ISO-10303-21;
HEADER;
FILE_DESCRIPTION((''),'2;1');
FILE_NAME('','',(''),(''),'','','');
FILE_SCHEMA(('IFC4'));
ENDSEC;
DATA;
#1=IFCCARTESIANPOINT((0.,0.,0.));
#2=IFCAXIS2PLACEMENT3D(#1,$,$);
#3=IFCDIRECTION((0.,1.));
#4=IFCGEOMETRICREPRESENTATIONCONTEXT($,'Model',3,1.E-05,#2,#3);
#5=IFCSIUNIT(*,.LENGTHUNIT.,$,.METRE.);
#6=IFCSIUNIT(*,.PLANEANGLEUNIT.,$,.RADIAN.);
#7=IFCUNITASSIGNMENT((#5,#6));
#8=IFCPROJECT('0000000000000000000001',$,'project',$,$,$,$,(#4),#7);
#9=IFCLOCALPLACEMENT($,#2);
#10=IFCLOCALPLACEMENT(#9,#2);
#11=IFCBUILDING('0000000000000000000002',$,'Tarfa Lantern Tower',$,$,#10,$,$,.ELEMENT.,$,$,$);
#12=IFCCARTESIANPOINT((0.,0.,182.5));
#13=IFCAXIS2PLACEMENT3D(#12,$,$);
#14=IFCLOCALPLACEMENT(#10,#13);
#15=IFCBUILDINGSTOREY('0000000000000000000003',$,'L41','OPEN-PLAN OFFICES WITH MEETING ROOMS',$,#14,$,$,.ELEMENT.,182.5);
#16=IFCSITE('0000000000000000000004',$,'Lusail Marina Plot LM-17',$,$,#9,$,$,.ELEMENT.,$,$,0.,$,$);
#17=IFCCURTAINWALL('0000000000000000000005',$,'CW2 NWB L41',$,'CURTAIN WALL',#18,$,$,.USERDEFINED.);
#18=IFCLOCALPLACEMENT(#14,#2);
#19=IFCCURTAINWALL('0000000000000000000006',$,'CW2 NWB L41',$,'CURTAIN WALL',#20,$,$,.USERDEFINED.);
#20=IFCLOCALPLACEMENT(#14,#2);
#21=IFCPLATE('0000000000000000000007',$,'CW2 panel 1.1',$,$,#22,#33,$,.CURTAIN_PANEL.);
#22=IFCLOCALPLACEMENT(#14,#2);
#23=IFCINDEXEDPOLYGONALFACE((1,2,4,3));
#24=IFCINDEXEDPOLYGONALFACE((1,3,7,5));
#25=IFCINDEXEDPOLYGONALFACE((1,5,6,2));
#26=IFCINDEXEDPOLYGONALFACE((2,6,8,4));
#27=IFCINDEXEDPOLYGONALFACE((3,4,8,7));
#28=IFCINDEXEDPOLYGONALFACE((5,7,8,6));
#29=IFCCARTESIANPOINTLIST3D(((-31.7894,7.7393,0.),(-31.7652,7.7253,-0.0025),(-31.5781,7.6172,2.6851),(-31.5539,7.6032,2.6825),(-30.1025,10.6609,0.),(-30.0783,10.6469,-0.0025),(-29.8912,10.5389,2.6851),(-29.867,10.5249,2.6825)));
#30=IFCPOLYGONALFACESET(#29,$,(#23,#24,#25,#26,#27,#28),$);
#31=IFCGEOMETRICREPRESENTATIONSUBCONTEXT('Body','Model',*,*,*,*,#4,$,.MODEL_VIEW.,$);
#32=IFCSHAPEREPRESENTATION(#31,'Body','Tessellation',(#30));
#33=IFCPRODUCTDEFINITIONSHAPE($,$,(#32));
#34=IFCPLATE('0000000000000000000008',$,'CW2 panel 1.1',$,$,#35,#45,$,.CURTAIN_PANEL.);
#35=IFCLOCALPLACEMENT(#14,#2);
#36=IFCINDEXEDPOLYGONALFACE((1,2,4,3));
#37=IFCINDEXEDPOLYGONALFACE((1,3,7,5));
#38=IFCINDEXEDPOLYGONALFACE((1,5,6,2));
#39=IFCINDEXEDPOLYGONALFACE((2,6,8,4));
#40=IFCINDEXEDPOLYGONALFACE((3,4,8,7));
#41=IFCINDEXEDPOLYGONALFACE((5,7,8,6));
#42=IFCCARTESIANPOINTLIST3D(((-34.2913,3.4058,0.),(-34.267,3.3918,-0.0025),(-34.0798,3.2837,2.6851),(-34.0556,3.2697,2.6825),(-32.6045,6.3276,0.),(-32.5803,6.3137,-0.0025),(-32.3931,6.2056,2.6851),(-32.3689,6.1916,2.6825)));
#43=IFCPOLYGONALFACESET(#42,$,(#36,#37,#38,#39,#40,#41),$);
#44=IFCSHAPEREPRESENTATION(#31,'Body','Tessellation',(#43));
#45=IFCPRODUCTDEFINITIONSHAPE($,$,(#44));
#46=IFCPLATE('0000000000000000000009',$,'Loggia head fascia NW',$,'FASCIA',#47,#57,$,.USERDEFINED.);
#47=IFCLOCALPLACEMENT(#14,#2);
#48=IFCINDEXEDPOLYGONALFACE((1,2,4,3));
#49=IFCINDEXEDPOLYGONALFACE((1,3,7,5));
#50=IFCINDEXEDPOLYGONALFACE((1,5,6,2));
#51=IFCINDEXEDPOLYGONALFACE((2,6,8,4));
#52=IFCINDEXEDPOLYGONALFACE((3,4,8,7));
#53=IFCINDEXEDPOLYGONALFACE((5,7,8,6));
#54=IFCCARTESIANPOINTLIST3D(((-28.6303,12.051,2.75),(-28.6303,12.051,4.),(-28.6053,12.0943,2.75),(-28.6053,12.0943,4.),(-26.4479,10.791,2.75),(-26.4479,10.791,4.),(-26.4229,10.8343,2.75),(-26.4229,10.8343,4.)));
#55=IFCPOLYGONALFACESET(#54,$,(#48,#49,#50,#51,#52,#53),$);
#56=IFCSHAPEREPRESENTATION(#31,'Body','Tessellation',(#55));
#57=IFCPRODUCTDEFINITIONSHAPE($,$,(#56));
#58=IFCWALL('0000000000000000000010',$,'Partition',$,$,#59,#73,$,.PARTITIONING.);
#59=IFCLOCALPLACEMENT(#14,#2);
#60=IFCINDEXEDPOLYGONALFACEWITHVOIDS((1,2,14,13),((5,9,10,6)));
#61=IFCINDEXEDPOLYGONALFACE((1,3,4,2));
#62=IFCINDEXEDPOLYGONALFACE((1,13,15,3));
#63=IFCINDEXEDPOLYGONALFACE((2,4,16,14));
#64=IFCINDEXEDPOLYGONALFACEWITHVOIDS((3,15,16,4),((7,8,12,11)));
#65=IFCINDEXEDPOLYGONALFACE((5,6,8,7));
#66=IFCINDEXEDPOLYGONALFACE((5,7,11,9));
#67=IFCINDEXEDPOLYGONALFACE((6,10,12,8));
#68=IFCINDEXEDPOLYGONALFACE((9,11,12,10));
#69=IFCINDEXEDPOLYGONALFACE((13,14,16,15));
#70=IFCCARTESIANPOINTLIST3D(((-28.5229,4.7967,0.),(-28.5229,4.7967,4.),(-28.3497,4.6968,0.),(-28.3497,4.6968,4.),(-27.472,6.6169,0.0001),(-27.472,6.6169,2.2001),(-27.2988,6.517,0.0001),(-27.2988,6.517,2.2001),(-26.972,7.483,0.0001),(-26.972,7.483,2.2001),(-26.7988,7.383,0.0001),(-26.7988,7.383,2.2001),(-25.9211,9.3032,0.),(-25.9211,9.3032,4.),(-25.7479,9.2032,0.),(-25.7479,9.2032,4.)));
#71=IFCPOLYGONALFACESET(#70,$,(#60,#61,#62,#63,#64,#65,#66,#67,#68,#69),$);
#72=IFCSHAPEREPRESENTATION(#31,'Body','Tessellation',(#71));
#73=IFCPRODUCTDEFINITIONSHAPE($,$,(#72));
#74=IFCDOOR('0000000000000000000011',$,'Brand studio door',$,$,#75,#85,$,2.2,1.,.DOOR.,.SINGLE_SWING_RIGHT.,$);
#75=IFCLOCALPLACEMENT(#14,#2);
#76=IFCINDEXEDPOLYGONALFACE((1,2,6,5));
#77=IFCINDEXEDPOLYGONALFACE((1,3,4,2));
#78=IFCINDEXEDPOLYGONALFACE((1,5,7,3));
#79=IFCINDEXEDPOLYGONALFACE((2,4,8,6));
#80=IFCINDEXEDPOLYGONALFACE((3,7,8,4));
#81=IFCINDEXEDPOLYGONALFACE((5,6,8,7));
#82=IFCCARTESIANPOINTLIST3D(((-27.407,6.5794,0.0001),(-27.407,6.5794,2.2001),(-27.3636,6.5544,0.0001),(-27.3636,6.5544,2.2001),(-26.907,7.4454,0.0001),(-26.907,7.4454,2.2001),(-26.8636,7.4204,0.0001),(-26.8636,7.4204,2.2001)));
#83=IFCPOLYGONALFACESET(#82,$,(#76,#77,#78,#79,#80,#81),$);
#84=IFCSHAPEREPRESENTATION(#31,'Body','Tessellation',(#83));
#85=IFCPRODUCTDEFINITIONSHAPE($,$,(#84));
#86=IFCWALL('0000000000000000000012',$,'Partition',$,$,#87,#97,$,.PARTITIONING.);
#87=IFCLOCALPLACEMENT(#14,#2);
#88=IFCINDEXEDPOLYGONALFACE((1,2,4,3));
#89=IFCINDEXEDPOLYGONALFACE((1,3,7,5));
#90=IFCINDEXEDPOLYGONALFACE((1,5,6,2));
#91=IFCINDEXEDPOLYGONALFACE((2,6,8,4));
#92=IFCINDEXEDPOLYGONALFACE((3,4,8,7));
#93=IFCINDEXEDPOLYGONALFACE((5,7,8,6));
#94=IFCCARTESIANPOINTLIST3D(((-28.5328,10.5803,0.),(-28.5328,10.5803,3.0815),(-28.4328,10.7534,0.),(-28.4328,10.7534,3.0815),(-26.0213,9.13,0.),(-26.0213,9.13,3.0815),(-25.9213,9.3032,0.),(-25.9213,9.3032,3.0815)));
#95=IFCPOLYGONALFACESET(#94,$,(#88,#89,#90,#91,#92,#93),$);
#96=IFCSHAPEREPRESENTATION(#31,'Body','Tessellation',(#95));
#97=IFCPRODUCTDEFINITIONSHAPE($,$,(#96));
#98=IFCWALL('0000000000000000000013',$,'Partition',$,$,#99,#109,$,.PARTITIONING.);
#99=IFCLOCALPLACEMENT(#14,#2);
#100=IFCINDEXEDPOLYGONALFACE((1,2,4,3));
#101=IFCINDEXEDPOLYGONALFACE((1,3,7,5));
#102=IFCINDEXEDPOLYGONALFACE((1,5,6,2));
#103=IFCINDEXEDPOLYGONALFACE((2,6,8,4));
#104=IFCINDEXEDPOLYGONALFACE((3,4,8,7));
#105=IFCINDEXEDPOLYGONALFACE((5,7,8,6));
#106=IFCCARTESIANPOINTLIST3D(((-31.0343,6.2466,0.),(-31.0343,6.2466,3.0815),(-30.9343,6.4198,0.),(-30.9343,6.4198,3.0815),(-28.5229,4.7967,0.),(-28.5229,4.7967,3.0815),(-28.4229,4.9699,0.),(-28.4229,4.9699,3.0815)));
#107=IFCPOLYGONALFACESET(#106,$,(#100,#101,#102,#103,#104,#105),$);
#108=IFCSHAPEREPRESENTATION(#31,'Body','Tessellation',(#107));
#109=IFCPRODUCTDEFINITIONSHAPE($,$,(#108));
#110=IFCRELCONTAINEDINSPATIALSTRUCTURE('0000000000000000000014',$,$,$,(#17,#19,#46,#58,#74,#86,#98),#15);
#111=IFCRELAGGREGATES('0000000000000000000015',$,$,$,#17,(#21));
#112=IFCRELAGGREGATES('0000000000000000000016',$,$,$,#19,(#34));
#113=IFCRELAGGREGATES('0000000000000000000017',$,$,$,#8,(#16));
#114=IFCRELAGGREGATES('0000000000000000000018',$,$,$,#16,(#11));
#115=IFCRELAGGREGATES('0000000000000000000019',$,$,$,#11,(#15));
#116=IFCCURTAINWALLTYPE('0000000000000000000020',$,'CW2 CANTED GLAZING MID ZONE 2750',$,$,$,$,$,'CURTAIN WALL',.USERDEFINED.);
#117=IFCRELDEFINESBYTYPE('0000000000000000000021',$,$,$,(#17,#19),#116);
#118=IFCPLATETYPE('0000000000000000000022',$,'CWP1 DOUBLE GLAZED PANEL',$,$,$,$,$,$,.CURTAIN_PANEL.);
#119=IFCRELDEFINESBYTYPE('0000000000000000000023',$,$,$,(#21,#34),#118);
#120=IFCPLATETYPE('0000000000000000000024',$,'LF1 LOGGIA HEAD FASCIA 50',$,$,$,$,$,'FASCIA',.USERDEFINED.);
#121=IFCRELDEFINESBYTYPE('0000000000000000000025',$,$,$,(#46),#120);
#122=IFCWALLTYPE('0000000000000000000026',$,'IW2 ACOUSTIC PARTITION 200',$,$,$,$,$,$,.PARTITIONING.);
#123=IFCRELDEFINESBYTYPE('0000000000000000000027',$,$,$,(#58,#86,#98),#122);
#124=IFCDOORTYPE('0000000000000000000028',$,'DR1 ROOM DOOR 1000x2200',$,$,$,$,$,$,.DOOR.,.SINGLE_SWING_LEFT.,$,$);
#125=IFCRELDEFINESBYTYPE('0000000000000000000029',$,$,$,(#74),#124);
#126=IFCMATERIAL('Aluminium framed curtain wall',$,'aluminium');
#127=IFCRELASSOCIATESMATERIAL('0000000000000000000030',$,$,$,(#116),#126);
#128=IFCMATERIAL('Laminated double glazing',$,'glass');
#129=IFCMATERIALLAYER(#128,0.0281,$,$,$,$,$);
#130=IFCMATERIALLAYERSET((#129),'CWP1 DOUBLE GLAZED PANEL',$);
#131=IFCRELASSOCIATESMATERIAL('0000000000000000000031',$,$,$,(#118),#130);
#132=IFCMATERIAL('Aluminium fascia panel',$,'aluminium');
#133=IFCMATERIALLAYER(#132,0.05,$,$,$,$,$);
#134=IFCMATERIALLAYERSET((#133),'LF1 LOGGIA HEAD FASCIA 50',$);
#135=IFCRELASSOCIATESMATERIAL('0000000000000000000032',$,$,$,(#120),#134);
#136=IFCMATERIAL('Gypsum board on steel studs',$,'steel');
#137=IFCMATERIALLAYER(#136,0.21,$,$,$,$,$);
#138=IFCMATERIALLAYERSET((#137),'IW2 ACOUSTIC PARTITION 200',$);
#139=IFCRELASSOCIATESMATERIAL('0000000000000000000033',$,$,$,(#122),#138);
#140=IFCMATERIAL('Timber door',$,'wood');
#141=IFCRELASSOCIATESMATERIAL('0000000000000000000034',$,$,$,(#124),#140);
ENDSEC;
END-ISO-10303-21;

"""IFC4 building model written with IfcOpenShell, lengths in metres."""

from ifc_helpers import new_model, si_unit, direction, frame, frame_2d, origin, origin_2d, place, context, subcontext, project, spatial, polyline, rectangle, outline, extrude, material, layer, layer_set, type_object, element, fill, aggregate, save


model = new_model("IFC4")

# Units and contexts
model_context = context("Model", 3, precision=1e-05, world=origin(), true_north=direction((0.0, 1.0)))
body_context = subcontext(model_context, "Body", "Model", "MODEL_VIEW")
ifc_project = project(units=[si_unit("LENGTHUNIT", "METRE"), si_unit("PLANEANGLEUNIT", "RADIAN")], contexts=[model_context])

# Site, building, storey
site_placement = place(None, origin())
site = spatial("IfcSite", under=ifc_project, at=site_placement, Name="Lusail Marina Plot LM-17", CompositionType="ELEMENT", RefElevation=0.0)
building_placement = place(site_placement, origin())
building = spatial("IfcBuilding", under=site, at=building_placement, Name="Tarfa Lantern Tower", CompositionType="ELEMENT")
storey_placement = place(building_placement, frame((0.0, 0.0, 182.5)))
storey = spatial("IfcBuildingStorey", under=building, at=storey_placement, Name="L41", Description="OPEN-PLAN OFFICES WITH MEETING ROOMS", CompositionType="ELEMENT", Elevation=182.5)

# Curtain walls
ifc_material_1 = material(Name="Aluminium framed curtain wall", Category="aluminium")
curtain_wall_type_1 = type_object("IfcCurtainWallType", Name="CW2 CANTED GLAZING MID ZONE 2750", ElementType="CURTAIN WALL", PredefinedType="USERDEFINED", material=ifc_material_1)
curtain_wall_1_placement = place(storey_placement, origin())
curtain_wall_1 = element("IfcCurtainWall", 1, at=curtain_wall_1_placement, inside=storey, type_object=curtain_wall_type_1, Name="CW2 NWB L41", ObjectType="CURTAIN WALL", PredefinedType="USERDEFINED")
curtain_wall_2_placement = place(storey_placement, origin())
curtain_wall_2 = element("IfcCurtainWall", 2, at=curtain_wall_2_placement, inside=storey, type_object=curtain_wall_type_1, Name="CW2 NWB L41", ObjectType="CURTAIN WALL", PredefinedType="USERDEFINED")

# Plates
ifc_material_2 = material(Name="Laminated double glazing", Category="glass")
ifc_layer_1 = layer(ifc_material_2, 0.0281)
ifc_layer_set_1 = layer_set([ifc_layer_1], Name="CWP1 DOUBLE GLAZED PANEL")
plate_type_1 = type_object("IfcPlateType", Name="CWP1 DOUBLE GLAZED PANEL", PredefinedType="CURTAIN_PANEL", material=ifc_layer_set_1)
plate_1_placement = place(storey_placement, frame((-30.1025, 10.6609, 0.0), z_axis=(-0.86246, 0.497967, 0.090511), x_axis=(-0.500019, -0.866015, 0.000003)))
plate_1 = element("IfcPlate", 3, at=plate_1_placement, type_object=plate_type_1, Name="CW2 panel 1.1", PredefinedType="CURTAIN_PANEL", context=body_context, shape_type="SweptSolid", body=[
    extrude(outline(polyline([(0.0, 0.0), (3.3736, 0.0), (3.3737, 2.6961), (0.0, 2.6961), (0.0, 0.0)])), origin(), (0.0, 0.0, -1.0), 0.0281),
])
aggregate(curtain_wall_1, [plate_1])
plate_2_placement = place(storey_placement, frame((-32.6045, 6.3276, 0.0), z_axis=(-0.86249, 0.497907, 0.09055), x_axis=(-0.49996, -0.866048, 0.0)))
plate_2 = element("IfcPlate", 4, at=plate_2_placement, type_object=plate_type_1, Name="CW2 panel 1.1", PredefinedType="CURTAIN_PANEL", context=body_context, shape_type="SweptSolid", body=[
    extrude(outline(polyline([(0.0, 0.0), (3.3738, 0.0), (3.3738, 2.6961), (0.0, 2.6961), (0.0, 0.0)])), origin(), (0.0, 0.0, -1.0), 0.0281),
])
aggregate(curtain_wall_2, [plate_2])
ifc_material_3 = material(Name="Aluminium fascia panel", Category="aluminium")
ifc_layer_2 = layer(ifc_material_3, 0.05)
ifc_layer_set_2 = layer_set([ifc_layer_2], Name="LF1 LOGGIA HEAD FASCIA 50")
plate_type_2 = type_object("IfcPlateType", Name="LF1 LOGGIA HEAD FASCIA 50", ElementType="FASCIA", PredefinedType="USERDEFINED", material=ifc_layer_set_2)
plate_3_placement = place(storey_placement, frame((-27.5266, 11.4426, 2.75), z_axis=(0.0, 0.0, 1.0), x_axis=(0.866025, -0.5, 0.0)))
element("IfcPlate", 5, at=plate_3_placement, inside=storey, type_object=plate_type_2, Name="Loggia head fascia NW", ObjectType="FASCIA", PredefinedType="USERDEFINED", context=body_context, shape_type="SweptSolid", body=[
    extrude(rectangle(XDim=2.52, YDim=0.05, at=origin_2d()), origin(), (0.0, 0.0, 1.0), 1.25),
])

# Wall, opening, door
ifc_material_4 = material(Name="Gypsum board on steel studs", Category="steel")
ifc_layer_3 = layer(ifc_material_4, 0.21)
ifc_layer_set_3 = layer_set([ifc_layer_3], Name="IW2 ACOUSTIC PARTITION 200")
wall_type = type_object("IfcWallType", Name="IW2 ACOUSTIC PARTITION 200", PredefinedType="PARTITIONING", material=ifc_layer_set_3)
wall_1_placement = place(storey_placement, frame((-25.8345, 9.2532, 0.0), z_axis=(0.0, 0.0, 1.0), x_axis=(-0.500009, -0.86602, 0.0)))
wall_1 = element("IfcWall", 6, at=wall_1_placement, inside=storey, type_object=wall_type, Name="Partition", PredefinedType="PARTITIONING", context=body_context, shape_type="SweptSolid", body=[
    extrude(rectangle(XDim=5.2036, YDim=0.2, at=frame_2d((2.6018, 0.0))), origin(), (0.0, 0.0, 1.0), 4.0),
])
opening_placement = place(wall_1_placement, frame((2.1018, 0.0, 0.0)))
opening = element("IfcOpeningElement", 7, at=opening_placement, cuts=wall_1, PredefinedType="OPENING", context=body_context, shape_type="SweptSolid", body=[
    extrude(rectangle(XDim=1.0, YDim=2.2, at=frame_2d((0.5, 1.1001))), frame((0.0, 0.1099, 0.0), z_axis=(0.0, -1.0, 0.0), x_axis=(1.0, 0.0, 0.0)), (0.0, 0.0, 1.0), 0.22),
])
ifc_material_5 = material(Name="Timber door", Category="wood")
door_type = type_object("IfcDoorType", Name="DR1 ROOM DOOR 1000x2200", OperationType="SINGLE_SWING_LEFT", PredefinedType="DOOR", material=ifc_material_5)
door_placement = place(opening_placement, frame((1.0, 0.0, 0.0), z_axis=(0.0, 0.0, 1.0), x_axis=(-1.0, 0.0, 0.0)))
door = element("IfcDoor", 8, at=door_placement, inside=storey, type_object=door_type, Name="Brand studio door", OperationType="SINGLE_SWING_RIGHT", OverallHeight=2.2, OverallWidth=1.0, PredefinedType="DOOR", context=body_context, shape_type="SweptSolid", body=[
    extrude(rectangle(XDim=1.0, YDim=2.2, at=frame_2d((0.5, 1.1001))), frame((0.0, 0.0249, 0.0), z_axis=(0.0, -1.0, 0.0), x_axis=(1.0, 0.0, 0.0)), (0.0, 0.0, 1.0), 0.05),
])
fill(opening, door)

# Walls
wall_2_placement = place(storey_placement, frame((-25.9712, 9.2166, 0.0), z_axis=(0.0, 0.0, 1.0), x_axis=(-0.865996, 0.50005, 0.0)))
element("IfcWall", 9, at=wall_2_placement, inside=storey, type_object=wall_type, Name="Partition", PredefinedType="PARTITIONING", context=body_context, shape_type="SweptSolid", body=[
    extrude(rectangle(XDim=2.9001, YDim=0.2, at=frame_2d((1.4502, 0.0))), origin(), (0.0, 0.0, 1.0), 3.0815),
])
wall_3_placement = place(storey_placement, frame((-28.4729, 4.8833, 0.0), z_axis=(0.0, 0.0, 1.0), x_axis=(-0.866033, 0.499987, 0.0)))
element("IfcWall", 10, at=wall_3_placement, inside=storey, type_object=wall_type, Name="Partition", PredefinedType="PARTITIONING", context=body_context, shape_type="SweptSolid", body=[
    extrude(rectangle(XDim=2.8999, YDim=0.2, at=frame_2d((1.45, 0.0))), origin(), (0.0, 0.0, 1.0), 3.0815),
])

save(model, "model.ifc")
